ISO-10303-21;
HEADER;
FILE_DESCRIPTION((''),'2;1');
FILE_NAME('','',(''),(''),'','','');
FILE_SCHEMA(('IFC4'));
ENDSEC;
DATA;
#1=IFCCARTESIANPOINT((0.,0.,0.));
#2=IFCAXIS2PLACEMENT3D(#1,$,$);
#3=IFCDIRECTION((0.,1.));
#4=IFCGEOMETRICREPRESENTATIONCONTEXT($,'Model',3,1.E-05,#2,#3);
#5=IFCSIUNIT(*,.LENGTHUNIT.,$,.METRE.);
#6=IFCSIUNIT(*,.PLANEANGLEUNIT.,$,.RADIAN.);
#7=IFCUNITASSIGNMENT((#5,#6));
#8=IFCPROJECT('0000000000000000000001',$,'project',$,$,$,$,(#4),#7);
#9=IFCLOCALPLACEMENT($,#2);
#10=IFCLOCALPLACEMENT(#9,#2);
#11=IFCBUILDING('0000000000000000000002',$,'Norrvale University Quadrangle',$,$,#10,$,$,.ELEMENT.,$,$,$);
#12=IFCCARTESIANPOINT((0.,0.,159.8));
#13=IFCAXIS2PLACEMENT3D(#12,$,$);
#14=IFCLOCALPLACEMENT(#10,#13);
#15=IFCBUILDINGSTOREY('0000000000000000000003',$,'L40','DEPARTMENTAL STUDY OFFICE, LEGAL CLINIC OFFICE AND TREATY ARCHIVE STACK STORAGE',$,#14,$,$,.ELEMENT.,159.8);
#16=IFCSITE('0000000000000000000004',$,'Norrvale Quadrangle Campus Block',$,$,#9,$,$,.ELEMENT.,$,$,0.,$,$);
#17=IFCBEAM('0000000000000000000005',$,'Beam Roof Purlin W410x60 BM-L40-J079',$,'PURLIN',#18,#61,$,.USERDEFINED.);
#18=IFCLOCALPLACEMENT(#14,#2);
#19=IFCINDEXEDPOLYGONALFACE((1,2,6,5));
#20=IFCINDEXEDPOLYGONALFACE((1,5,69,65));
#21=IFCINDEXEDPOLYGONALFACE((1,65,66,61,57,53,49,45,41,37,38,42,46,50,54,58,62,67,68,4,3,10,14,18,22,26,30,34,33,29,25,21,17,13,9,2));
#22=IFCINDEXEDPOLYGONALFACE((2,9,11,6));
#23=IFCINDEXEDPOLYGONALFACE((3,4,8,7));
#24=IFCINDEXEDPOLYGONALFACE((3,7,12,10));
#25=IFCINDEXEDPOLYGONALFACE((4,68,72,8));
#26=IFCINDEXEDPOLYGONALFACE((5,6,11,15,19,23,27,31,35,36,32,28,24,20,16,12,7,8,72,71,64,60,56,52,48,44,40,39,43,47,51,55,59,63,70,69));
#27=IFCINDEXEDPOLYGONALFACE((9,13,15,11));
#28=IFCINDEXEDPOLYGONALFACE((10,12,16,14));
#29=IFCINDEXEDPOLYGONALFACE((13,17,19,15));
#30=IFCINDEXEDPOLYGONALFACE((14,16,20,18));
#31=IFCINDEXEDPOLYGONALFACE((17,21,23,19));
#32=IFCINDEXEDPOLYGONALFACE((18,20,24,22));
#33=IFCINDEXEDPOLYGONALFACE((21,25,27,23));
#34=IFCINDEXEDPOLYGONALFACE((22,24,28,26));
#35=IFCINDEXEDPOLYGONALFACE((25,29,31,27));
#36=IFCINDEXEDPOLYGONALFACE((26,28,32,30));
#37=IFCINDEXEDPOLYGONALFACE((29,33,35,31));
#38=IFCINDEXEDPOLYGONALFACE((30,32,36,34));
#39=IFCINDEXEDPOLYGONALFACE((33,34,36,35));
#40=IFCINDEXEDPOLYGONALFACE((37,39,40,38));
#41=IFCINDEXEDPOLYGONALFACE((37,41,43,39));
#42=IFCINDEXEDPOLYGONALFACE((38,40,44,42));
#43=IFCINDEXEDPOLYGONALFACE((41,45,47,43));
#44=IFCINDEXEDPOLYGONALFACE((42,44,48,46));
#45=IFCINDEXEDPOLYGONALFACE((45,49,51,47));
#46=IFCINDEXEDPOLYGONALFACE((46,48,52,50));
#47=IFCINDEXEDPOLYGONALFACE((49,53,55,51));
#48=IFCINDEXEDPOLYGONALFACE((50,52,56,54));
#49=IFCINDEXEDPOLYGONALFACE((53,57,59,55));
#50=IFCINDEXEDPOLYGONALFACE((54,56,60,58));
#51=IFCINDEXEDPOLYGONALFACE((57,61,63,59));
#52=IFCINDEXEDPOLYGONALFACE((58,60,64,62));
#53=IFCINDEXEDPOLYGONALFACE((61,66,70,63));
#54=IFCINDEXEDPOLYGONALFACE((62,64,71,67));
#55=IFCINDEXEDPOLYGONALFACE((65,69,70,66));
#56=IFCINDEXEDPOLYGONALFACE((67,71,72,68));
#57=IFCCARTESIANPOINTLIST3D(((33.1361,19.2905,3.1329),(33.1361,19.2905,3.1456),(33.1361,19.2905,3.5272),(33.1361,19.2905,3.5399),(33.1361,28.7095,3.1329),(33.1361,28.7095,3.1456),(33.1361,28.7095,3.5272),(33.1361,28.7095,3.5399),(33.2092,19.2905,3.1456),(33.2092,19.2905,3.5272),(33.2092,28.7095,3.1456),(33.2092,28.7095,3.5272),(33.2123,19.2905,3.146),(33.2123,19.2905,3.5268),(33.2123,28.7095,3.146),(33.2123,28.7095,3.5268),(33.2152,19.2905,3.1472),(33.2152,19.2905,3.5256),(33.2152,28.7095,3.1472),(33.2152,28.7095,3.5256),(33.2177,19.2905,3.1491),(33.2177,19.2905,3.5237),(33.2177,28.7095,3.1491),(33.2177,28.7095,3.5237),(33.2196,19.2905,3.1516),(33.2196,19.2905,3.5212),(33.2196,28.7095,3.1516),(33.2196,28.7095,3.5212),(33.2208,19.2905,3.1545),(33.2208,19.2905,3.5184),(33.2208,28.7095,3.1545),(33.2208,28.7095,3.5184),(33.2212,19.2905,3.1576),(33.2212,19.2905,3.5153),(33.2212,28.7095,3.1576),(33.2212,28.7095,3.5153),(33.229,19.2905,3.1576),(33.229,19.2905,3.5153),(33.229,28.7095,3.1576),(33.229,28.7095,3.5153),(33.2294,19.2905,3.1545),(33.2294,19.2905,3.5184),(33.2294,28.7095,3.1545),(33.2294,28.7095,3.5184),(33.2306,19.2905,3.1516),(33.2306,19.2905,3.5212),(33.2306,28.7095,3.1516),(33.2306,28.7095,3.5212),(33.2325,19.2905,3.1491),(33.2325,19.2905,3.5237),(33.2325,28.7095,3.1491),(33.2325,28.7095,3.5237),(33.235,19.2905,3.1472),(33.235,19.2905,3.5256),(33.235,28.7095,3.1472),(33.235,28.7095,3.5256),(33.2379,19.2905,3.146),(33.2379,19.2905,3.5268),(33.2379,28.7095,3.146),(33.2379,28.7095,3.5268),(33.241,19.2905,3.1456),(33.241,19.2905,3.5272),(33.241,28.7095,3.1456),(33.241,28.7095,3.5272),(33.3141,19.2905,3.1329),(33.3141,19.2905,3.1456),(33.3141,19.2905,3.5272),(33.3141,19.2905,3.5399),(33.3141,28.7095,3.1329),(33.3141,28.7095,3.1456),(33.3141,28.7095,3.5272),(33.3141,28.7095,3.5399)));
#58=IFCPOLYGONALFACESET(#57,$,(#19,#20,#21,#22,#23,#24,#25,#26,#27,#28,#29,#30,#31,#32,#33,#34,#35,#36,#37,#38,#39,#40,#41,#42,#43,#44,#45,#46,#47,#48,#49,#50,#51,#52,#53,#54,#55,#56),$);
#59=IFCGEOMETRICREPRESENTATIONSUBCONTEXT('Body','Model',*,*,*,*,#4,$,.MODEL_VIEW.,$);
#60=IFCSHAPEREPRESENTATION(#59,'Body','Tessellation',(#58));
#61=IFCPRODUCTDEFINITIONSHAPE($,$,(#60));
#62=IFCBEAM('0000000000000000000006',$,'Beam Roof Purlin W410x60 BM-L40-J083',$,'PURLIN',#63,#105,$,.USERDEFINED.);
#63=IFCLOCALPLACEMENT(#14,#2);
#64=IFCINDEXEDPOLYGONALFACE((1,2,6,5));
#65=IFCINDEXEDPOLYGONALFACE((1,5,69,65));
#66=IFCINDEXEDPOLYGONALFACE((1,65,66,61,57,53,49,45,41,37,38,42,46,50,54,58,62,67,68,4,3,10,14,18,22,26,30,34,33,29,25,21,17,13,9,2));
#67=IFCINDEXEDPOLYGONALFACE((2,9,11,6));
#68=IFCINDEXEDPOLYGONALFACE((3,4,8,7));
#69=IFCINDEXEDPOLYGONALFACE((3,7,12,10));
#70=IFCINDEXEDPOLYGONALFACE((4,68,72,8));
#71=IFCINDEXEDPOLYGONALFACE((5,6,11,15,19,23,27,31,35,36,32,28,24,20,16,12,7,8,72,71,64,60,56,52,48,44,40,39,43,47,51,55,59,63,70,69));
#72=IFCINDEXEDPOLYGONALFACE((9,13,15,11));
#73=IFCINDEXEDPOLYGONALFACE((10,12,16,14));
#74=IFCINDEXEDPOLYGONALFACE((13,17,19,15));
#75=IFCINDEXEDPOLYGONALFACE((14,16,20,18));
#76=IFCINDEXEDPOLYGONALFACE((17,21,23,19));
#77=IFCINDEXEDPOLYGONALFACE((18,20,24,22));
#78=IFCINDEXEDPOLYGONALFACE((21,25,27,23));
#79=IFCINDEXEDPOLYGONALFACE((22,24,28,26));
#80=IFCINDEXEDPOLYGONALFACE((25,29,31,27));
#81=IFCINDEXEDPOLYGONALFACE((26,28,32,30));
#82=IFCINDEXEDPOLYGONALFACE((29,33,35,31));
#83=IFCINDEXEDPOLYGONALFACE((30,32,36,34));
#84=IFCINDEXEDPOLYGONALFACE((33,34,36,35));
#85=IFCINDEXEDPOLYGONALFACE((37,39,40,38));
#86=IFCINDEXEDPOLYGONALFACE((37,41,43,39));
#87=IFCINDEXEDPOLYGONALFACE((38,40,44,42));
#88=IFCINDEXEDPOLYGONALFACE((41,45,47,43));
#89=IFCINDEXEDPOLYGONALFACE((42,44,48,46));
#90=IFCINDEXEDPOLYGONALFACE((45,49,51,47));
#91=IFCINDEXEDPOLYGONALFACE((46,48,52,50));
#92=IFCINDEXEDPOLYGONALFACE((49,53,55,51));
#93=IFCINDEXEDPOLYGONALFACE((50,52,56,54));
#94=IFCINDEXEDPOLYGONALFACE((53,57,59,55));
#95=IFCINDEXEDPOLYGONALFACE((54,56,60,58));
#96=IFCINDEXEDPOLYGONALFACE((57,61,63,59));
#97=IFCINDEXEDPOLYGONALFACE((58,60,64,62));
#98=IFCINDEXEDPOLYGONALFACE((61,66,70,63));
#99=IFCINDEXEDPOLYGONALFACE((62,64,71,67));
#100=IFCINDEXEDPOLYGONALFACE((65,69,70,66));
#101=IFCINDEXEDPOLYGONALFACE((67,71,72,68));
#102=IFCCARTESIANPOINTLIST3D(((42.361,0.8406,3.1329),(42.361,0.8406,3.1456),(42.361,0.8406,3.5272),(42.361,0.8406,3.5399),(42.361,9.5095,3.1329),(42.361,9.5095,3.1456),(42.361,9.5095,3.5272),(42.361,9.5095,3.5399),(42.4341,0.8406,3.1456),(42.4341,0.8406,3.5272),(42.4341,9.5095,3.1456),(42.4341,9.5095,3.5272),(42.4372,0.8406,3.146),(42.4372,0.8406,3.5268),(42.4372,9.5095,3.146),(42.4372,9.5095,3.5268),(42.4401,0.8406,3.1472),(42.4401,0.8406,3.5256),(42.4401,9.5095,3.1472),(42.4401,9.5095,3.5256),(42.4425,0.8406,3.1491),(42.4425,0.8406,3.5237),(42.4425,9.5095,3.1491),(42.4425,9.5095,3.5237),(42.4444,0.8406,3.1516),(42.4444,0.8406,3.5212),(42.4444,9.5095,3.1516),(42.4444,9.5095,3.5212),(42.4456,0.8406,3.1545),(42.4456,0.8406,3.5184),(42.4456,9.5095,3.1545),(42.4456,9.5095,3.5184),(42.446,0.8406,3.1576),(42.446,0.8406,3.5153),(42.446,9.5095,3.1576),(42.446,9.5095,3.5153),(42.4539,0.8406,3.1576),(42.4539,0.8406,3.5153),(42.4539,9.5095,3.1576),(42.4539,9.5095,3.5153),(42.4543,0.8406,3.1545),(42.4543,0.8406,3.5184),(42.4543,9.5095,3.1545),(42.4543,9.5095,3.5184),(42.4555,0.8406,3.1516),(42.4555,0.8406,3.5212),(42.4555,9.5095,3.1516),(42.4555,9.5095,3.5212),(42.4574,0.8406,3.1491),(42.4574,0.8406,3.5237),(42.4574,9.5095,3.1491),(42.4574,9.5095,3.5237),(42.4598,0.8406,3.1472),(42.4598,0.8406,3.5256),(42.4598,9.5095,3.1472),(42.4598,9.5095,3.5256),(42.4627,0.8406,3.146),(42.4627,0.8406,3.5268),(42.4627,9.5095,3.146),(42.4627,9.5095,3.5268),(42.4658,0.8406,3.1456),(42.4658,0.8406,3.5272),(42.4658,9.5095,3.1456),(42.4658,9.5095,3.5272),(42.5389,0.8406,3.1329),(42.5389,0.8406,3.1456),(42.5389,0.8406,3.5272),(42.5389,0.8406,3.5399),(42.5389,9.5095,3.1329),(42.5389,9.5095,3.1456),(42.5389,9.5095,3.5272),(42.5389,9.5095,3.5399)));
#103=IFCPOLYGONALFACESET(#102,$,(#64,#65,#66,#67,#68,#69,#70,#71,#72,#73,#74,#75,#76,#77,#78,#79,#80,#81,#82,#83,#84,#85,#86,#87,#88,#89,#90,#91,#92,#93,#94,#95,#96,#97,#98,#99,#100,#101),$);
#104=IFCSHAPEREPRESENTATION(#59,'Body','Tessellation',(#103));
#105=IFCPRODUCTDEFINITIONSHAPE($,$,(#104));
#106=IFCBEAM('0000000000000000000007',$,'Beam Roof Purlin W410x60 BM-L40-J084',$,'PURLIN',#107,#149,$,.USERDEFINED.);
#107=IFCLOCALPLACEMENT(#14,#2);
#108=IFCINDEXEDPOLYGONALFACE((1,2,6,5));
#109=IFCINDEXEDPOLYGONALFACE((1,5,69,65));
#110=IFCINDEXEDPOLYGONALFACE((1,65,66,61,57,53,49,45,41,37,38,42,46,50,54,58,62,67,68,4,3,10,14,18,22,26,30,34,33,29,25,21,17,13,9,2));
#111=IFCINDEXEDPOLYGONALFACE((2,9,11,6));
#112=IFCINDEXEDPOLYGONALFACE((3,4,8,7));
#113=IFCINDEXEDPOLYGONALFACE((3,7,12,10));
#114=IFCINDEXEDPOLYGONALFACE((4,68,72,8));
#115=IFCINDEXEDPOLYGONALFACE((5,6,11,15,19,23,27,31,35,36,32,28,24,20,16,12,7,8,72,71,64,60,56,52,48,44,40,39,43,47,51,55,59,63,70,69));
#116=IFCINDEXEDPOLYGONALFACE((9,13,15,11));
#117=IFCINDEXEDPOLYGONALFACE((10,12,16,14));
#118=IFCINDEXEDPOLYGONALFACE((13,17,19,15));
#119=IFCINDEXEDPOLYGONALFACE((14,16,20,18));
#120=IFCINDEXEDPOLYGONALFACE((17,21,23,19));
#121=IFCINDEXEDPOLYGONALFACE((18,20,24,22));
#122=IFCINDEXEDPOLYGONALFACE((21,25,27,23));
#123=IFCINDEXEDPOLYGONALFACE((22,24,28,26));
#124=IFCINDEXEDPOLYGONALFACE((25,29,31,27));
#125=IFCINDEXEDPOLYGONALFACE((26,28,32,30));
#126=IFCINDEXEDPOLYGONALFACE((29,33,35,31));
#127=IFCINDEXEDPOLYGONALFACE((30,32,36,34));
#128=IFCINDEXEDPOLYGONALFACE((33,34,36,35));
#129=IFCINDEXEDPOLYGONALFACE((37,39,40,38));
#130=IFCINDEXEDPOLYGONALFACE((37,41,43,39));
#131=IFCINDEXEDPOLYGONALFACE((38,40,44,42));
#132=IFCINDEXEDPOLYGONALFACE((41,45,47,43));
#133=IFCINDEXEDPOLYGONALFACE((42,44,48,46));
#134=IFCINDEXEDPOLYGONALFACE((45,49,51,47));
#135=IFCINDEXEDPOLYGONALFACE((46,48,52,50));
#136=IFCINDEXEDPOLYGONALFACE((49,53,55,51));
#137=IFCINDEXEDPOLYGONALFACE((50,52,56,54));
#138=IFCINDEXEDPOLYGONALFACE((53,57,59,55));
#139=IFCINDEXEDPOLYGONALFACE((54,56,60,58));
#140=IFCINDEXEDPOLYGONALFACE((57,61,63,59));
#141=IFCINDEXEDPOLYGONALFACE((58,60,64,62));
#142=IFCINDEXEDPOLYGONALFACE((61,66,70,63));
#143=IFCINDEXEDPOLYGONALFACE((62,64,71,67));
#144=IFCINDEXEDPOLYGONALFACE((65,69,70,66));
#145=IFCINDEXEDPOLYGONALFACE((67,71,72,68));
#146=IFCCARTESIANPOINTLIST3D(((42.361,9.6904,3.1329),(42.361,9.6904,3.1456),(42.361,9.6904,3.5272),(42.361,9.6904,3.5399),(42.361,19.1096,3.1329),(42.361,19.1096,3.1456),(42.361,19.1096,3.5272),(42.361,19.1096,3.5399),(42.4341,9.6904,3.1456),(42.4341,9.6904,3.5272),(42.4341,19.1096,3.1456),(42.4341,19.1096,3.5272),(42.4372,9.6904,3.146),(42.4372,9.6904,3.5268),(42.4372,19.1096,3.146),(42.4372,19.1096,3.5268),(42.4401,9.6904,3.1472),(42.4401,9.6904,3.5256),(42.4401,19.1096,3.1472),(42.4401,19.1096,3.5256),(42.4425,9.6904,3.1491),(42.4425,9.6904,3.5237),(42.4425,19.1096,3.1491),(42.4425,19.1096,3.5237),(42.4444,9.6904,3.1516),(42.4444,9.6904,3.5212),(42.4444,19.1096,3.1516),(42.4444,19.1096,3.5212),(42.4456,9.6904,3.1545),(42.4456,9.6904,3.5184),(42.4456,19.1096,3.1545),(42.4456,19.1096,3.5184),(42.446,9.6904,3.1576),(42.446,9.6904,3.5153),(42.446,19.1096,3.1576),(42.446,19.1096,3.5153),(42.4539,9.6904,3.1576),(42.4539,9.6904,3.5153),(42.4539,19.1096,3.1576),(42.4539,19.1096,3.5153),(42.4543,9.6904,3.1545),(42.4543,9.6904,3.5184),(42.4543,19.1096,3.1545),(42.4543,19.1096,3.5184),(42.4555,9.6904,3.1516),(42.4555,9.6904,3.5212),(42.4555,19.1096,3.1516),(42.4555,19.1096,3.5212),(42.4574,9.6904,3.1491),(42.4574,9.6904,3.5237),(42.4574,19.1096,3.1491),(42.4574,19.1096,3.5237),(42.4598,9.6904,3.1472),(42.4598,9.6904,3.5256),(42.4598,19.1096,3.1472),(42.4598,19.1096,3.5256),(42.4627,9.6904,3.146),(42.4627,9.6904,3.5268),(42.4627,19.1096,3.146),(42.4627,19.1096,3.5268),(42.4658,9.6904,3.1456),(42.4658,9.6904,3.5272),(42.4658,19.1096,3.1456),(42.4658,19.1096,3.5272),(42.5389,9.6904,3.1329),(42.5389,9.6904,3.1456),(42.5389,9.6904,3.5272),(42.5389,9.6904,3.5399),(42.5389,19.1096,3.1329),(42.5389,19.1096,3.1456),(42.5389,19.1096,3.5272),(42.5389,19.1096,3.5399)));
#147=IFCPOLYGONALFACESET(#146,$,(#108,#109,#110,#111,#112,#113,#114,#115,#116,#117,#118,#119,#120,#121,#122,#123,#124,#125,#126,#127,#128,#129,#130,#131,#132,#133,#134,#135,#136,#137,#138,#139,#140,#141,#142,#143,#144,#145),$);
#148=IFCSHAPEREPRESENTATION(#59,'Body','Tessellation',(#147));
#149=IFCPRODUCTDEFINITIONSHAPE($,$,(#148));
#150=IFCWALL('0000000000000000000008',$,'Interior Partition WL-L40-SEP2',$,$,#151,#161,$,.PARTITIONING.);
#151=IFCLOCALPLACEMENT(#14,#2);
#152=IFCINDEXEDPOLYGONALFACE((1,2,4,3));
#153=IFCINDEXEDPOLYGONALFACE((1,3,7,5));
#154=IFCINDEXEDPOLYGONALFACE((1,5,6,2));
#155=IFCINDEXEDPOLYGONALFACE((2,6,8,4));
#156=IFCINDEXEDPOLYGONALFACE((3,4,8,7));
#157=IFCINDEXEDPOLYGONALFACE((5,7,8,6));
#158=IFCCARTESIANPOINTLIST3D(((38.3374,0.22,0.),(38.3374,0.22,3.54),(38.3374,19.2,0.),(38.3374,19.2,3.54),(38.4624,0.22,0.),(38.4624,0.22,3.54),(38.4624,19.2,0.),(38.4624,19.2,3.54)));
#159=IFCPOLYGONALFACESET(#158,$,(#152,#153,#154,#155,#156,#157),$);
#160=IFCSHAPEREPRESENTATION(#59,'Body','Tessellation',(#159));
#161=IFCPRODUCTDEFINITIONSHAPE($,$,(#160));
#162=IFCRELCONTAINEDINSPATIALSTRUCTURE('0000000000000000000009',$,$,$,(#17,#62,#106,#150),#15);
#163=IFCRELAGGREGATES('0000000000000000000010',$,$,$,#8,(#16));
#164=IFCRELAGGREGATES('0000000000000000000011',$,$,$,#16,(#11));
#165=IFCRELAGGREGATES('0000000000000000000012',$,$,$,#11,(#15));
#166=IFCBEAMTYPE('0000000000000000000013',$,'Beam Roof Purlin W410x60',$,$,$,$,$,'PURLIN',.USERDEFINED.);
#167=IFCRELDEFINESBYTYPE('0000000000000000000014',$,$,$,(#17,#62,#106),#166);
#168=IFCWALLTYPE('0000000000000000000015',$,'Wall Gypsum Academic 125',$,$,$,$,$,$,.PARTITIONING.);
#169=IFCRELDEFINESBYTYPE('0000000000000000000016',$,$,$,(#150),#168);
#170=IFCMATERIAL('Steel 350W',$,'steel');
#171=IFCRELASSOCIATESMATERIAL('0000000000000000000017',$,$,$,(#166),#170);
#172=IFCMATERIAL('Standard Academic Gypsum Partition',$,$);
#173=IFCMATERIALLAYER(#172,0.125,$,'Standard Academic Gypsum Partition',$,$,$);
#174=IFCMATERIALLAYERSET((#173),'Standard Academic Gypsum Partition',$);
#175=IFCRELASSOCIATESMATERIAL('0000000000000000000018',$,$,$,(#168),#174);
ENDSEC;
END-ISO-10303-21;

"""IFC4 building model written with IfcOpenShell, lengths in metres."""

from ifc_helpers import new_model, si_unit, direction, frame, frame_2d, origin, origin_2d, place, context, subcontext, project, spatial, rectangle, i_section, extrude, material, layer, layer_set, material_profile, profile_set, type_object, element, save


model = new_model("IFC4")

# Units and contexts
model_context = context("Model", 3, precision=1e-05, world=origin(), true_north=direction((0.0, 1.0)))
body_context = subcontext(model_context, "Body", "Model", "MODEL_VIEW")
ifc_project = project(units=[si_unit("LENGTHUNIT", "METRE"), si_unit("PLANEANGLEUNIT", "RADIAN")], contexts=[model_context])

# Site, building, storey
site_placement = place(None, origin())
site = spatial("IfcSite", under=ifc_project, at=site_placement, Name="Norrvale Quadrangle Campus Block", CompositionType="ELEMENT", RefElevation=0.0)
building_placement = place(site_placement, origin())
building = spatial("IfcBuilding", under=site, at=building_placement, Name="Norrvale University Quadrangle", CompositionType="ELEMENT")
storey_placement = place(building_placement, frame((0.0, 0.0, 159.8)))
storey = spatial("IfcBuildingStorey", under=building, at=storey_placement, Name="L40", Description="DEPARTMENTAL STUDY OFFICE, LEGAL CLINIC OFFICE AND TREATY ARCHIVE STACK STORAGE", CompositionType="ELEMENT", Elevation=159.8)

# Beams
ifc_material_1 = material(Name="Steel 350W", Category="steel")
ifc_material_profile_1 = material_profile(ifc_material_1, i_section(OverallWidth=0.178, OverallDepth=0.407, WebThickness=0.0078, FlangeThickness=0.0127, FilletRadius=0.012, at=origin_2d()), Name="Steel 350W")
ifc_profile_set_1 = profile_set([ifc_material_profile_1], Name="Steel 350W")
beam_type_1 = type_object("IfcBeamType", Name="Beam Roof Purlin W410x60", ElementType="PURLIN", PredefinedType="USERDEFINED", material=ifc_profile_set_1)
beam_1_placement = place(storey_placement, frame((33.2251, 19.2905, 3.3364), z_axis=(0.0, 1.0, 0.0), x_axis=(-1.0, 0.0, 0.0)))
element("IfcBeam", 1, at=beam_1_placement, inside=storey, type_object=beam_type_1, Name="Beam Roof Purlin W410x60 BM-L40-J079", ObjectType="PURLIN", PredefinedType="USERDEFINED", context=body_context, shape_type="SweptSolid", body=[
    extrude(i_section(OverallWidth=0.178, OverallDepth=0.407, WebThickness=0.0078, FlangeThickness=0.0127, FilletRadius=0.012, at=origin_2d()), origin(), (0.0, 0.0, 1.0), 9.4189),
])
beam_2_placement = place(storey_placement, frame((42.45, 0.8406, 3.3364), z_axis=(0.0, 1.0, 0.0), x_axis=(-1.0, 0.0, 0.0)))
element("IfcBeam", 2, at=beam_2_placement, inside=storey, type_object=beam_type_1, Name="Beam Roof Purlin W410x60 BM-L40-J083", ObjectType="PURLIN", PredefinedType="USERDEFINED", context=body_context, shape_type="SweptSolid", body=[
    extrude(i_section(OverallWidth=0.178, OverallDepth=0.407, WebThickness=0.0078, FlangeThickness=0.0127, FilletRadius=0.012, at=origin_2d()), origin(), (0.0, 0.0, 1.0), 8.6689),
])
beam_3_placement = place(storey_placement, frame((42.45, 9.6904, 3.3364), z_axis=(0.0, 1.0, 0.0), x_axis=(-1.0, 0.0, 0.0)))
element("IfcBeam", 3, at=beam_3_placement, inside=storey, type_object=beam_type_1, Name="Beam Roof Purlin W410x60 BM-L40-J084", ObjectType="PURLIN", PredefinedType="USERDEFINED", context=body_context, shape_type="SweptSolid", body=[
    extrude(i_section(OverallWidth=0.178, OverallDepth=0.407, WebThickness=0.0078, FlangeThickness=0.0127, FilletRadius=0.012, at=origin_2d()), origin(), (0.0, 0.0, 1.0), 9.4192),
])

# Wall
ifc_material_2 = material(Name="Standard Academic Gypsum Partition")
ifc_layer_1 = layer(ifc_material_2, 0.125, Name="Standard Academic Gypsum Partition")
ifc_layer_set_1 = layer_set([ifc_layer_1], Name="Standard Academic Gypsum Partition")
wall_type_1 = type_object("IfcWallType", Name="Wall Gypsum Academic 125", PredefinedType="PARTITIONING", material=ifc_layer_set_1)
wall_1_placement = place(storey_placement, frame((38.3999, 0.22, 0.0), z_axis=(0.0, 0.0, 1.0), x_axis=(0.0, 1.0, 0.0)))
element("IfcWall", 4, at=wall_1_placement, inside=storey, type_object=wall_type_1, Name="Interior Partition WL-L40-SEP2", PredefinedType="PARTITIONING", context=body_context, shape_type="SweptSolid", body=[
    extrude(rectangle(XDim=18.98, YDim=0.125, at=frame_2d((9.49, 0.0))), origin(), (0.0, 0.0, 1.0), 3.54),
])

save(model, "model.ifc")
